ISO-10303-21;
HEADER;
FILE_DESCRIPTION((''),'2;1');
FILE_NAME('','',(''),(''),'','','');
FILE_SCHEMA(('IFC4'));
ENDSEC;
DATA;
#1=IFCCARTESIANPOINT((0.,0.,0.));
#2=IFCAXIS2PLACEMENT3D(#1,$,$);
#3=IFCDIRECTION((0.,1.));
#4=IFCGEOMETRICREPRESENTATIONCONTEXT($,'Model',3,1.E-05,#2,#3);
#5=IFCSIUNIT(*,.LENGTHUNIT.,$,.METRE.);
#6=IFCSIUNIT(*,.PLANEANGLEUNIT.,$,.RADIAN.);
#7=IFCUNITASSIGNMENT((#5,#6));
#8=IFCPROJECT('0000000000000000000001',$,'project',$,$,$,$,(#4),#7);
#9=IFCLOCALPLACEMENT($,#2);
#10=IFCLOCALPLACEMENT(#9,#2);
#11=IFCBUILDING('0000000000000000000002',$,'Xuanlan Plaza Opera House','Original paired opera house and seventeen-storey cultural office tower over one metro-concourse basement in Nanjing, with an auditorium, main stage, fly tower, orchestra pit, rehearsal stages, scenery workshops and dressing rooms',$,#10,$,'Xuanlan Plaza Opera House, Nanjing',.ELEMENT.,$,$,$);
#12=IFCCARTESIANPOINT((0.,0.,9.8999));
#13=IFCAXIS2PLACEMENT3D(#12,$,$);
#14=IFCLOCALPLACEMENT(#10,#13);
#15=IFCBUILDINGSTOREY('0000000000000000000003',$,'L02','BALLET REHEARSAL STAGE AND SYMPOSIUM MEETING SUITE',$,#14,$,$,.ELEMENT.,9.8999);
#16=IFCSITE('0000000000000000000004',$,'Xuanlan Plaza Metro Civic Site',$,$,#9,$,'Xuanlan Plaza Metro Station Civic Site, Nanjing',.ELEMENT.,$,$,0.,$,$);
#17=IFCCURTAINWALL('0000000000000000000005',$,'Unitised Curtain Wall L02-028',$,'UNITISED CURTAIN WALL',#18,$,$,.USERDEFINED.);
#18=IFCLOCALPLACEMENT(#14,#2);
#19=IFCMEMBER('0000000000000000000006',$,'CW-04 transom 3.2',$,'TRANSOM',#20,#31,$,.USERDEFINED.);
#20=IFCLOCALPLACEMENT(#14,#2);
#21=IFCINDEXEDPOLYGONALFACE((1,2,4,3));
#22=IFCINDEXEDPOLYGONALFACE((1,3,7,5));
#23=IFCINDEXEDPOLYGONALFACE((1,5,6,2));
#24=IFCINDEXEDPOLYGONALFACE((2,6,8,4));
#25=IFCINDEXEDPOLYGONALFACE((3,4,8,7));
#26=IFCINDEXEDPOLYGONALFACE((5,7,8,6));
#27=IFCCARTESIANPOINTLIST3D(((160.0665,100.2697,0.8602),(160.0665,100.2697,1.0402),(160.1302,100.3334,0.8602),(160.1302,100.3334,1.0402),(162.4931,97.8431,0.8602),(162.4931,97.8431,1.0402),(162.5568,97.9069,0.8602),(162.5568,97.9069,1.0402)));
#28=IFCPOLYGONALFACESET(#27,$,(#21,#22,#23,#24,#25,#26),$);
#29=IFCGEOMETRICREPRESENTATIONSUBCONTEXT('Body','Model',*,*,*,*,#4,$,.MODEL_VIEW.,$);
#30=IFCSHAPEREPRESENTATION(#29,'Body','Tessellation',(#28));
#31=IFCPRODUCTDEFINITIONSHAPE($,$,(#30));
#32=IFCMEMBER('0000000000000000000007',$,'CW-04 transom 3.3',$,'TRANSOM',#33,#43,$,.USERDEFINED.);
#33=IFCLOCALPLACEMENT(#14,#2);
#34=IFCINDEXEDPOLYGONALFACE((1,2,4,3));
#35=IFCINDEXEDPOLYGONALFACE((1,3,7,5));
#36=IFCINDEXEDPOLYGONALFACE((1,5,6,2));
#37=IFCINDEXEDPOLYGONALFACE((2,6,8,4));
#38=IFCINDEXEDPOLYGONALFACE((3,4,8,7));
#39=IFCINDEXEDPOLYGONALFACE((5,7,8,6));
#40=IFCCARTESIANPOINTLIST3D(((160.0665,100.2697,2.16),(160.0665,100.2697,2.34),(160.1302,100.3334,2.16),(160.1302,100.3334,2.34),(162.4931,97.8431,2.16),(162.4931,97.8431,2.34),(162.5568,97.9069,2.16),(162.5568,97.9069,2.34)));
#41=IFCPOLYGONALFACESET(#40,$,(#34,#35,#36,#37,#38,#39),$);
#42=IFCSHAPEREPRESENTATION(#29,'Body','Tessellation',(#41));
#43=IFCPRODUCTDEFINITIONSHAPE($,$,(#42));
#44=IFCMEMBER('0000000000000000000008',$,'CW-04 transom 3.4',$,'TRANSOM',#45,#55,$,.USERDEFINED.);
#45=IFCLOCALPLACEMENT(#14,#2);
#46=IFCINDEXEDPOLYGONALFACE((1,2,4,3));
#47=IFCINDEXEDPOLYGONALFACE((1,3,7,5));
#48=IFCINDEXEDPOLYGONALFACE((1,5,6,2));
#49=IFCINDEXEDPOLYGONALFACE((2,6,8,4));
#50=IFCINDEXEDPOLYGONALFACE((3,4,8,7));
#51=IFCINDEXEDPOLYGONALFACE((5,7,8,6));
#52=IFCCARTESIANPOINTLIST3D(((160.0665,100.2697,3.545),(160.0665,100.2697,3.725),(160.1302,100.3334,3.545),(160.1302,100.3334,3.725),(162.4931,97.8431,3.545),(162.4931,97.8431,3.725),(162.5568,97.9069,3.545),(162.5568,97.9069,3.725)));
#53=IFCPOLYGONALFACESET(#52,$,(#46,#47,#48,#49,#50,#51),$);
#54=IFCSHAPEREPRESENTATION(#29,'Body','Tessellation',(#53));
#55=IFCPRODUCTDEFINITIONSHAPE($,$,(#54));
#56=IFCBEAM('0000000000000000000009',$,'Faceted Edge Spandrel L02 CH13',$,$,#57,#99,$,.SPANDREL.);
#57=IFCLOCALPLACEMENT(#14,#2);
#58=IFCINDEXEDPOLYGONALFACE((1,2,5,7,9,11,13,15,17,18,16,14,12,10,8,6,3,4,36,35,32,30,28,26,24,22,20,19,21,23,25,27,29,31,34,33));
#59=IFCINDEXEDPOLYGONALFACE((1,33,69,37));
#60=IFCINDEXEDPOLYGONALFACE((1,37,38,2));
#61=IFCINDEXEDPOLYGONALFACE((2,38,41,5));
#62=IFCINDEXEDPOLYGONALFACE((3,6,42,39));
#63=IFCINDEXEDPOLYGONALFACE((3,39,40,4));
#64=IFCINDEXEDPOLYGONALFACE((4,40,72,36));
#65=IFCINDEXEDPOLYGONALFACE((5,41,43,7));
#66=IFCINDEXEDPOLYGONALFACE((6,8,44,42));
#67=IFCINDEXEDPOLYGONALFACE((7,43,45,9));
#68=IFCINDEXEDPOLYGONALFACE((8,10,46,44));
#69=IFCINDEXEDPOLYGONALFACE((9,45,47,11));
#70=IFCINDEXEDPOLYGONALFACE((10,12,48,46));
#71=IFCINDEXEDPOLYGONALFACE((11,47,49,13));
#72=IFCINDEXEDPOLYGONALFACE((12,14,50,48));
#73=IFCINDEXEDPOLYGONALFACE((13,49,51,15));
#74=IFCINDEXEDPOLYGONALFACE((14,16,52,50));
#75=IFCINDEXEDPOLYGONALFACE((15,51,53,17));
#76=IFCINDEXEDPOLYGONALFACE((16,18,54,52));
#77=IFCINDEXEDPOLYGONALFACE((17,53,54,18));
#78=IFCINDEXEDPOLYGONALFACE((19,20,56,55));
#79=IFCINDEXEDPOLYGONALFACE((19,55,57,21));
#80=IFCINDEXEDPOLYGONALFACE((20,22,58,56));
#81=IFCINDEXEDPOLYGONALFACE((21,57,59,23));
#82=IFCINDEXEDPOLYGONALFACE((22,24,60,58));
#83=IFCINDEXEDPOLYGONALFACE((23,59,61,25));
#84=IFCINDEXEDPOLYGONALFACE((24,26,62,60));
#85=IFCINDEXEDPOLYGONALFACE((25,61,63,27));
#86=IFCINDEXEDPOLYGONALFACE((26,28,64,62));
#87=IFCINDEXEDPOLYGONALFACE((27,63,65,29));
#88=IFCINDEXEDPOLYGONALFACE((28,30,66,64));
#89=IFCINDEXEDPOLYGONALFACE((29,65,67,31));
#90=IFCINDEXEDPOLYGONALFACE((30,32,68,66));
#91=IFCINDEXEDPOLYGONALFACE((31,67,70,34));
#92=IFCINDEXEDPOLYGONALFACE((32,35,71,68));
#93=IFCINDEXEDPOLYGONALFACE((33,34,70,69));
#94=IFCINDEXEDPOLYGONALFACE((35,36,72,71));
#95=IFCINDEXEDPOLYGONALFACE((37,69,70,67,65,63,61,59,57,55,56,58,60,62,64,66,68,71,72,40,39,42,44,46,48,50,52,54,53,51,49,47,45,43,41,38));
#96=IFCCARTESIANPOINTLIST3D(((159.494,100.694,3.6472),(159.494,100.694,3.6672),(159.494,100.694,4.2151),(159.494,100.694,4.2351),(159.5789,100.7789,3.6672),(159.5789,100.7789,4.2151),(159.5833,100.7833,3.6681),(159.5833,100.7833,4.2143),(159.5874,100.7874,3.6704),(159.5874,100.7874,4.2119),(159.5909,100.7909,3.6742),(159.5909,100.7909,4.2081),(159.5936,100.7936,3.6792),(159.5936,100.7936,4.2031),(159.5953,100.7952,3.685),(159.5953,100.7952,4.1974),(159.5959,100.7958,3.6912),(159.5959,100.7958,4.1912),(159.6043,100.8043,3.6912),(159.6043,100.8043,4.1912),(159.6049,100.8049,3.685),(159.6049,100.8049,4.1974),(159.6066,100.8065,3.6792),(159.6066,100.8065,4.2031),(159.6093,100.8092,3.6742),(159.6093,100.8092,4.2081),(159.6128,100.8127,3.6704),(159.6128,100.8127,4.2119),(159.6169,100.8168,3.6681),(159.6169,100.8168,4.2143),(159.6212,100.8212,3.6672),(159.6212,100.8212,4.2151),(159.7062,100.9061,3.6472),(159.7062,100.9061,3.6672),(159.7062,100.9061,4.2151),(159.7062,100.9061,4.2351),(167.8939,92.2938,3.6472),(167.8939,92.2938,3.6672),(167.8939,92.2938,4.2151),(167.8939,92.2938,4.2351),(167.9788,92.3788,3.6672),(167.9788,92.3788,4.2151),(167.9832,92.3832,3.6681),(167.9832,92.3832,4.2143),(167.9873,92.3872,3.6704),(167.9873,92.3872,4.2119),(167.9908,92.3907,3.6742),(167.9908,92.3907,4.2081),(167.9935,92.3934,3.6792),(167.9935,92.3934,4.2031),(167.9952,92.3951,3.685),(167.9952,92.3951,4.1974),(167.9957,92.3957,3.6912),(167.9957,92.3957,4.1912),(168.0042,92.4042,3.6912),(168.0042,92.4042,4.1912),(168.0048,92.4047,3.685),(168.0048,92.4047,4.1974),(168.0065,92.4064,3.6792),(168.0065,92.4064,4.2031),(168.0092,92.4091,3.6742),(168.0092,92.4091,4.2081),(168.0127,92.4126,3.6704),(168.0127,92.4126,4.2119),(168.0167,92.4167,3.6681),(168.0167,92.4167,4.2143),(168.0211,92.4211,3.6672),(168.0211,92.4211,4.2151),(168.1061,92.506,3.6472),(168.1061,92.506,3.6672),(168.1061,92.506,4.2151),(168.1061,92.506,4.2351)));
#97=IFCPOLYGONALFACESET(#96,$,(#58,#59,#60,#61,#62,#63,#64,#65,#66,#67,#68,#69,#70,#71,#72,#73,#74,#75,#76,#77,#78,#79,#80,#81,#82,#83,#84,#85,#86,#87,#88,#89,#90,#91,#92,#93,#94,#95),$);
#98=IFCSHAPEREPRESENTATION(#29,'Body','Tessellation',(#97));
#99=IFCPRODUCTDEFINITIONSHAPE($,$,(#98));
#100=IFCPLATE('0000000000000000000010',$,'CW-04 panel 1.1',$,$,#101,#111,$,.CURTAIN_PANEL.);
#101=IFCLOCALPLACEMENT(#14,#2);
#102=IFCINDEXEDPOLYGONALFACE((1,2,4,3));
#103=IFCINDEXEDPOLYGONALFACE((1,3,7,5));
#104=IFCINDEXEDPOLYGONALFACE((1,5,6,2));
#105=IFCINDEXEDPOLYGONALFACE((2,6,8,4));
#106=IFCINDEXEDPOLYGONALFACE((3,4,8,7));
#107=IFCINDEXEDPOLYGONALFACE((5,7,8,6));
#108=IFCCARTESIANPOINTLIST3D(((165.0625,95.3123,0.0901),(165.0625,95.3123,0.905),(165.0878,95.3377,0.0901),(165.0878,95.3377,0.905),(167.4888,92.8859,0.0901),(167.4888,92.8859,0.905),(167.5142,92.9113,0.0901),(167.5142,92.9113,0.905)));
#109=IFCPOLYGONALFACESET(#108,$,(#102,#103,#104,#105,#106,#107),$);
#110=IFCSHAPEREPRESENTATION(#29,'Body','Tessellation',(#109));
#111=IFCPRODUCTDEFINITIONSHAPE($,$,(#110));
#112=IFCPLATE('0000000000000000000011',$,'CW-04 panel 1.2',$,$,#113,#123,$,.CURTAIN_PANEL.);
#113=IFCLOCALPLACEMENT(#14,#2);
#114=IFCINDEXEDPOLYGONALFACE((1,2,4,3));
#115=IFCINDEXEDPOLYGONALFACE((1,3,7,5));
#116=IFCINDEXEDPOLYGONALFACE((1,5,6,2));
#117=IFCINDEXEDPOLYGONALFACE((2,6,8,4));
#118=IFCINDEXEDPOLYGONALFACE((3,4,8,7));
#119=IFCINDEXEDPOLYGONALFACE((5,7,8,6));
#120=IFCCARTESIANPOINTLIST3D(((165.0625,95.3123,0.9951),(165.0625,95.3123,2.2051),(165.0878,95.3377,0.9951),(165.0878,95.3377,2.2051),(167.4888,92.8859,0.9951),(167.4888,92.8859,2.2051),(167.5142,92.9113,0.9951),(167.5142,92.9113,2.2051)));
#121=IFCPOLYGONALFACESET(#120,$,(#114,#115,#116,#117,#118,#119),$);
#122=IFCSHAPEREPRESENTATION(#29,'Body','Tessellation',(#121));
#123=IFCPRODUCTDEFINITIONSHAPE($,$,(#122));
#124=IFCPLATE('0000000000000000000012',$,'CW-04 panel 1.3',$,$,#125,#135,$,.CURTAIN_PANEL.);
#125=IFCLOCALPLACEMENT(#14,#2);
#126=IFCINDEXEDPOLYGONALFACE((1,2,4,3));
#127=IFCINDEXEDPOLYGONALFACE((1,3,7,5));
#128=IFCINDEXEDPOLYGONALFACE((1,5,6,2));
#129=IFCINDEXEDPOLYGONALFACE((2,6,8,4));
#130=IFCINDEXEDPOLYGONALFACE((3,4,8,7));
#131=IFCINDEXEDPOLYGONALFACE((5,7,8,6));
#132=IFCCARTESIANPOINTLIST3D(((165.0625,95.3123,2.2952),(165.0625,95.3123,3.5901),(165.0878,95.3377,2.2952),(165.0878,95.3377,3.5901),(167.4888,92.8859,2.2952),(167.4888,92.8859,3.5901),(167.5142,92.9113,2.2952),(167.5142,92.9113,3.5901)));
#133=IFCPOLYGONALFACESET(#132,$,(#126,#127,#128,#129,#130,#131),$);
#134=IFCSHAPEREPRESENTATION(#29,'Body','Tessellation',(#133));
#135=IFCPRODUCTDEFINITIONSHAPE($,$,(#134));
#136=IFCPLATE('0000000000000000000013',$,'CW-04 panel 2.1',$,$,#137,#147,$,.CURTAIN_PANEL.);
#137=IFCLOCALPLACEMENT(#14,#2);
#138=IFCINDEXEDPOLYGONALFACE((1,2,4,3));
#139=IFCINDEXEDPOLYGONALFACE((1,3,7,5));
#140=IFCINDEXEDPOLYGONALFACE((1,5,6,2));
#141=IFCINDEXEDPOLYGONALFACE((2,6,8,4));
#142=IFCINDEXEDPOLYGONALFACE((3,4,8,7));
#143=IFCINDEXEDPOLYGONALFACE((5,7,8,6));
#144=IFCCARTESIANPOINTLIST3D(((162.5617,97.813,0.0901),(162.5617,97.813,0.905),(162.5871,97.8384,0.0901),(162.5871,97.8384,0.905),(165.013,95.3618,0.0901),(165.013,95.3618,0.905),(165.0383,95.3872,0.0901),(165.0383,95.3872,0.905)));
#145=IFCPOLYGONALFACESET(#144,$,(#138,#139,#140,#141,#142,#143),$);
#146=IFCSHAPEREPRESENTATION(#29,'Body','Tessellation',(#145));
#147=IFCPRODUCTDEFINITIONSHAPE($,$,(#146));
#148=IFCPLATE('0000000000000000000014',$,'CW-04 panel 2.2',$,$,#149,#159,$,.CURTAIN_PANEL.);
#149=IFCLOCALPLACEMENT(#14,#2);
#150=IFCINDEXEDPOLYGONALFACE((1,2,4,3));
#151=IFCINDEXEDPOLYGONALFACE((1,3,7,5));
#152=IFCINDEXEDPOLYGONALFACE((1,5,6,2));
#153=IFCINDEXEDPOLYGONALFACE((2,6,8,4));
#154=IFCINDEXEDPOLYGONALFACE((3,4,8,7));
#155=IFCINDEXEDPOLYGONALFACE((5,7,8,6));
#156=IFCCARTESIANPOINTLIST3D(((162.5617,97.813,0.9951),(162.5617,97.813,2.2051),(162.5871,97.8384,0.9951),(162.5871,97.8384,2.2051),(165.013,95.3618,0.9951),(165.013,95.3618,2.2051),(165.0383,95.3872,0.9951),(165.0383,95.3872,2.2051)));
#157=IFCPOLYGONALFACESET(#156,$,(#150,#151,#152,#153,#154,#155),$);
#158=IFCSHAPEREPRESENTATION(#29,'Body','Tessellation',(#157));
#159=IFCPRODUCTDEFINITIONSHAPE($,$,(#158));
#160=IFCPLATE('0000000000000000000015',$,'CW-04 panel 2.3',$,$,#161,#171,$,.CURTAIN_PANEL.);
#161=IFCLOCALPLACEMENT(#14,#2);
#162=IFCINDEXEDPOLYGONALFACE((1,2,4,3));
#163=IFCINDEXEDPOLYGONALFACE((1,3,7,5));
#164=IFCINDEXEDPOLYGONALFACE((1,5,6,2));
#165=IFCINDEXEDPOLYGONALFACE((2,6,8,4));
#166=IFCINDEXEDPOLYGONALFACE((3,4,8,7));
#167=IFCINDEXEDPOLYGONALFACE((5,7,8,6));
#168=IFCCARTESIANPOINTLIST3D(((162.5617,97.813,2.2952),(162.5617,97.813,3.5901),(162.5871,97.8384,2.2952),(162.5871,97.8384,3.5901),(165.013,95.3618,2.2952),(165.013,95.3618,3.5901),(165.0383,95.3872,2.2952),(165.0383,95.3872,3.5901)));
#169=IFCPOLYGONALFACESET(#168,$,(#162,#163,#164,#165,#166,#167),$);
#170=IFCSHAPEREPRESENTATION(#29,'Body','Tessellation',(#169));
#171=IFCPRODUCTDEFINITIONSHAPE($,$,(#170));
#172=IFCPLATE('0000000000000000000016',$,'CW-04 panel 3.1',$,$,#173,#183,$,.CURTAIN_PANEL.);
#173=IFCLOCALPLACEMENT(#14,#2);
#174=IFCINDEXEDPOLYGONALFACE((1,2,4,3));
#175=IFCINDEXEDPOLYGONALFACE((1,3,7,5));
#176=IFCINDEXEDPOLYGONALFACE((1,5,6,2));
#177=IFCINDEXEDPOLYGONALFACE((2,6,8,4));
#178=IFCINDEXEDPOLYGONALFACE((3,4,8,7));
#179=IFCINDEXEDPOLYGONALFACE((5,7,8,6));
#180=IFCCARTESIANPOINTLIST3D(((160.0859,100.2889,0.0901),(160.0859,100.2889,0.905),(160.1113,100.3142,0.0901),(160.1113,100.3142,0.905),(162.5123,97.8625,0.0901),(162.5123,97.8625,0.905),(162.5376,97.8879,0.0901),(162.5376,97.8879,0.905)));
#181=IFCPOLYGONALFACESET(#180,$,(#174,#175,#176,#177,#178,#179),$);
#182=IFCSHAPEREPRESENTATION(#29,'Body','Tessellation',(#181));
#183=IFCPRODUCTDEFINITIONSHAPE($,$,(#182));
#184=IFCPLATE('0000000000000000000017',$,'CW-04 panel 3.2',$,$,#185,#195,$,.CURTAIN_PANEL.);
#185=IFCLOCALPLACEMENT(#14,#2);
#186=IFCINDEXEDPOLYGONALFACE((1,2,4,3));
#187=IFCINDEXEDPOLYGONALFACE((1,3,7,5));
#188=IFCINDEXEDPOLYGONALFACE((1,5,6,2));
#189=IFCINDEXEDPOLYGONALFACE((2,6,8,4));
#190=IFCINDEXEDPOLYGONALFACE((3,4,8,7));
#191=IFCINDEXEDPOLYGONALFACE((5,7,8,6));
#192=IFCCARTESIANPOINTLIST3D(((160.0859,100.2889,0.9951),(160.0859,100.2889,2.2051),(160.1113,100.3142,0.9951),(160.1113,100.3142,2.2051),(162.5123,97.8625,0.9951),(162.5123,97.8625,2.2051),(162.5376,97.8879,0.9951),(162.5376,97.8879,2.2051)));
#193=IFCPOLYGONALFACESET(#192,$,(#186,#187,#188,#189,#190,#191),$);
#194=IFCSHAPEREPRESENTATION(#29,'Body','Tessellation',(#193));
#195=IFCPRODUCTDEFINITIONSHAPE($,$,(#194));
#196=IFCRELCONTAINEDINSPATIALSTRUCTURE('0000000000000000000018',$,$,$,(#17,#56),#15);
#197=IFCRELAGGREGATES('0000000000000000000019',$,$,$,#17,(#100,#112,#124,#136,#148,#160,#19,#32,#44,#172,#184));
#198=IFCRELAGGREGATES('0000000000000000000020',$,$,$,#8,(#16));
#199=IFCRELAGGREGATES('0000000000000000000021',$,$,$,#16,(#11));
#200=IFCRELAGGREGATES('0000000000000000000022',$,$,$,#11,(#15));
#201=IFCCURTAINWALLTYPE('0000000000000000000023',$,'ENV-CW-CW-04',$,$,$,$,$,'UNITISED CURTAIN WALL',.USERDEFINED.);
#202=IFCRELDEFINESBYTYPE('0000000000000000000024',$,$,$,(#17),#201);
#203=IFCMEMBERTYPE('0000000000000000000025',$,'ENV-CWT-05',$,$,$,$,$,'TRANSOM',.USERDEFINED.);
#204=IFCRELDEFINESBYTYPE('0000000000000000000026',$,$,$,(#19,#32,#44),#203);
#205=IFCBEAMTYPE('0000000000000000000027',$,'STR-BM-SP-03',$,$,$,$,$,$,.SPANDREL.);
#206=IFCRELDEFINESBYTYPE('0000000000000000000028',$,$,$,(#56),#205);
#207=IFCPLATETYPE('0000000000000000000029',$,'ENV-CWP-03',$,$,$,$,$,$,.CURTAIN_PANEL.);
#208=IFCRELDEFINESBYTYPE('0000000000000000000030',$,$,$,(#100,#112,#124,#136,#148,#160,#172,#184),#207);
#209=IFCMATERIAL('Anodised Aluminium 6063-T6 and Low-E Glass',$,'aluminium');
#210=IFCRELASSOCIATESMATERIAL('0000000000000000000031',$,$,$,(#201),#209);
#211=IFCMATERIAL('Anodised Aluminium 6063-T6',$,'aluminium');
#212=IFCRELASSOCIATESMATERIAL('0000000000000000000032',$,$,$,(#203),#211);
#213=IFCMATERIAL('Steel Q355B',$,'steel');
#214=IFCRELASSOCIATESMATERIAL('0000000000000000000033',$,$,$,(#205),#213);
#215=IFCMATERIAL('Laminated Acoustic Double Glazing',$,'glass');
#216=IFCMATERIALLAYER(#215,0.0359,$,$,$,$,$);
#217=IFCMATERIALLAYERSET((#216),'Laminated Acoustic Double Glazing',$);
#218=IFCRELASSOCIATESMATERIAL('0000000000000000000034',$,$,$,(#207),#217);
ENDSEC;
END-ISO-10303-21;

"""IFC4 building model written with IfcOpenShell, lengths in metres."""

from ifc_helpers import new_model, si_unit, direction, frame, origin, origin_2d, place, context, subcontext, project, spatial, rectangle, i_section, extrude, material, layer, layer_set, material_profile, profile_set, type_object, element, aggregate, save


model = new_model("IFC4")

# Units and contexts
model_context = context("Model", 3, precision=1e-05, world=origin(), true_north=direction((0.0, 1.0)))
body_context = subcontext(model_context, "Body", "Model", "MODEL_VIEW")
ifc_project = project(units=[si_unit("LENGTHUNIT", "METRE"), si_unit("PLANEANGLEUNIT", "RADIAN")], contexts=[model_context])

# Site, building, storey
site_placement = place(None, origin())
site = spatial("IfcSite", under=ifc_project, at=site_placement, Name="Xuanlan Plaza Metro Civic Site", LongName="Xuanlan Plaza Metro Station Civic Site, Nanjing", CompositionType="ELEMENT", RefElevation=0.0)
building_placement = place(site_placement, origin())
building = spatial("IfcBuilding", under=site, at=building_placement, Name="Xuanlan Plaza Opera House", Description="Original paired opera house and seventeen-storey cultural office tower over one metro-concourse basement in Nanjing, with an auditorium, main stage, fly tower, orchestra pit, rehearsal stages, scenery workshops and dressing rooms", LongName="Xuanlan Plaza Opera House, Nanjing", CompositionType="ELEMENT")
storey_placement = place(building_placement, frame((0.0, 0.0, 9.8999)))
storey = spatial("IfcBuildingStorey", under=building, at=storey_placement, Name="L02", Description="BALLET REHEARSAL STAGE AND SYMPOSIUM MEETING SUITE", CompositionType="ELEMENT", Elevation=9.8999)

# Curtain wall
ifc_material_1 = material(Name="Anodised Aluminium 6063-T6 and Low-E Glass", Category="aluminium")
curtain_wall_type_1 = type_object("IfcCurtainWallType", Name="ENV-CW-CW-04", ElementType="UNITISED CURTAIN WALL", PredefinedType="USERDEFINED", material=ifc_material_1)
curtain_wall_1_placement = place(storey_placement, origin())
curtain_wall_1 = element("IfcCurtainWall", 1, at=curtain_wall_1_placement, inside=storey, type_object=curtain_wall_type_1, Name="Unitised Curtain Wall L02-028", ObjectType="UNITISED CURTAIN WALL", PredefinedType="USERDEFINED")
ifc_material_2 = material(Name="Anodised Aluminium 6063-T6", Category="aluminium")

# Members
ifc_material_profile_1 = material_profile(ifc_material_2, rectangle(XDim=0.0901, YDim=0.1799, at=origin_2d()), Name="ALU-T 90x180")
ifc_profile_set_1 = profile_set([ifc_material_profile_1], Name="Anodised Aluminium 6063-T6")
member_type_1 = type_object("IfcMemberType", Name="ENV-CWT-05", ElementType="TRANSOM", PredefinedType="USERDEFINED", material=ifc_profile_set_1)
member_1_placement = place(storey_placement, frame((162.5249, 97.875, 0.9502), z_axis=(-0.707107, 0.707107, 0.0), x_axis=(-0.707107, -0.707107, 0.0)))
member_1 = element("IfcMember", 2, at=member_1_placement, type_object=member_type_1, Name="CW-04 transom 3.2", ObjectType="TRANSOM", PredefinedType="USERDEFINED", context=body_context, shape_type="SweptSolid", body=[
    extrude(rectangle(XDim=0.0901, YDim=0.1799, at=origin_2d()), origin(), (0.0, 0.0, 1.0), 3.4316),
])
member_2_placement = place(storey_placement, frame((162.5249, 97.875, 2.25), z_axis=(-0.707107, 0.707107, 0.0), x_axis=(-0.707107, -0.707107, 0.0)))
member_2 = element("IfcMember", 3, at=member_2_placement, type_object=member_type_1, Name="CW-04 transom 3.3", ObjectType="TRANSOM", PredefinedType="USERDEFINED", context=body_context, shape_type="SweptSolid", body=[
    extrude(rectangle(XDim=0.0901, YDim=0.1799, at=origin_2d()), origin(), (0.0, 0.0, 1.0), 3.4316),
])
member_3_placement = place(storey_placement, frame((162.5249, 97.875, 3.635), z_axis=(-0.707107, 0.707107, 0.0), x_axis=(-0.707107, -0.707107, 0.0)))
member_3 = element("IfcMember", 4, at=member_3_placement, type_object=member_type_1, Name="CW-04 transom 3.4", ObjectType="TRANSOM", PredefinedType="USERDEFINED", context=body_context, shape_type="SweptSolid", body=[
    extrude(rectangle(XDim=0.0901, YDim=0.1799, at=origin_2d()), origin(), (0.0, 0.0, 1.0), 3.4316),
])

# Beam
ifc_material_3 = material(Name="Steel Q355B", Category="steel")
ifc_material_profile_2 = material_profile(ifc_material_3, i_section(OverallWidth=0.3, OverallDepth=0.5879, WebThickness=0.012, FlangeThickness=0.02, FilletRadius=0.0239, at=origin_2d()), Name="HM 588x300x12x20")
ifc_profile_set_2 = profile_set([ifc_material_profile_2], Name="Steel Q355B")
beam_type = type_object("IfcBeamType", Name="STR-BM-SP-03", PredefinedType="SPANDREL", material=ifc_profile_set_2)
beam_placement = place(storey_placement, frame((159.6001, 100.8, 3.9412), z_axis=(0.707097, -0.707117, 0.0), x_axis=(0.707117, 0.707097, 0.0)))
element("IfcBeam", 5, at=beam_placement, inside=storey, type_object=beam_type, Name="Faceted Edge Spandrel L02 CH13", PredefinedType="SPANDREL", context=body_context, shape_type="SweptSolid", body=[
    extrude(i_section(OverallWidth=0.3, OverallDepth=0.5879, WebThickness=0.012, FlangeThickness=0.02, FilletRadius=0.0239, at=origin_2d()), origin(), (0.0, 0.0, 1.0), 11.8794),
])

# Plates
ifc_material_4 = material(Name="Laminated Acoustic Double Glazing", Category="glass")
ifc_layer = layer(ifc_material_4, 0.0359)
ifc_layer_set = layer_set([ifc_layer], Name="Laminated Acoustic Double Glazing")
plate_type = type_object("IfcPlateType", Name="ENV-CWP-03", PredefinedType="CURTAIN_PANEL", material=ifc_layer_set)
plate_1_placement = place(storey_placement, frame((166.2883, 94.1118, 0.0901), z_axis=(0.0, 0.0, 1.0), x_axis=(-0.707107, 0.707107, 0.0)))
plate_1 = element("IfcPlate", 6, at=plate_1_placement, type_object=plate_type, Name="CW-04 panel 1.1", PredefinedType="CURTAIN_PANEL", context=body_context, shape_type="SweptSolid", body=[
    extrude(rectangle(XDim=3.4314, YDim=0.0359, at=origin_2d()), origin(), (0.0, 0.0, 1.0), 0.8149),
])
plate_2_placement = place(storey_placement, frame((166.2883, 94.1118, 0.9951), z_axis=(0.0, 0.0, 1.0), x_axis=(-0.707107, 0.707107, 0.0)))
plate_2 = element("IfcPlate", 7, at=plate_2_placement, type_object=plate_type, Name="CW-04 panel 1.2", PredefinedType="CURTAIN_PANEL", context=body_context, shape_type="SweptSolid", body=[
    extrude(rectangle(XDim=3.4314, YDim=0.0359, at=origin_2d()), origin(), (0.0, 0.0, 1.0), 1.21),
])
plate_3_placement = place(storey_placement, frame((166.2883, 94.1118, 2.2952), z_axis=(0.0, 0.0, 1.0), x_axis=(-0.707107, 0.707107, 0.0)))
plate_3 = element("IfcPlate", 8, at=plate_3_placement, type_object=plate_type, Name="CW-04 panel 1.3", PredefinedType="CURTAIN_PANEL", context=body_context, shape_type="SweptSolid", body=[
    extrude(rectangle(XDim=3.4314, YDim=0.0359, at=origin_2d()), origin(), (0.0, 0.0, 1.0), 1.2949),
])
plate_4_placement = place(storey_placement, frame((163.8, 96.6001, 0.0901), z_axis=(0.0, 0.0, 1.0), x_axis=(-0.707107, 0.707107, 0.0)))
plate_4 = element("IfcPlate", 9, at=plate_4_placement, type_object=plate_type, Name="CW-04 panel 2.1", PredefinedType="CURTAIN_PANEL", context=body_context, shape_type="SweptSolid", body=[
    extrude(rectangle(XDim=3.4666, YDim=0.0359, at=origin_2d()), origin(), (0.0, 0.0, 1.0), 0.8149),
])
plate_5_placement = place(storey_placement, frame((163.8, 96.6001, 0.9951), z_axis=(0.0, 0.0, 1.0), x_axis=(-0.707107, 0.707107, 0.0)))
plate_5 = element("IfcPlate", 10, at=plate_5_placement, type_object=plate_type, Name="CW-04 panel 2.2", PredefinedType="CURTAIN_PANEL", context=body_context, shape_type="SweptSolid", body=[
    extrude(rectangle(XDim=3.4666, YDim=0.0359, at=origin_2d()), origin(), (0.0, 0.0, 1.0), 1.21),
])
plate_6_placement = place(storey_placement, frame((163.8, 96.6001, 2.2952), z_axis=(0.0, 0.0, 1.0), x_axis=(-0.707107, 0.707107, 0.0)))
plate_6 = element("IfcPlate", 11, at=plate_6_placement, type_object=plate_type, Name="CW-04 panel 2.3", PredefinedType="CURTAIN_PANEL", context=body_context, shape_type="SweptSolid", body=[
    extrude(rectangle(XDim=3.4666, YDim=0.0359, at=origin_2d()), origin(), (0.0, 0.0, 1.0), 1.2949),
])
plate_7_placement = place(storey_placement, frame((161.3118, 99.0884, 0.0901), z_axis=(0.0, 0.0, 1.0), x_axis=(-0.707107, 0.707107, 0.0)))
plate_7 = element("IfcPlate", 12, at=plate_7_placement, type_object=plate_type, Name="CW-04 panel 3.1", PredefinedType="CURTAIN_PANEL", context=body_context, shape_type="SweptSolid", body=[
    extrude(rectangle(XDim=3.4314, YDim=0.0359, at=origin_2d()), origin(), (0.0, 0.0, 1.0), 0.8149),
])
plate_8_placement = place(storey_placement, frame((161.3118, 99.0884, 0.9951), z_axis=(0.0, 0.0, 1.0), x_axis=(-0.707107, 0.707107, 0.0)))
plate_8 = element("IfcPlate", 13, at=plate_8_placement, type_object=plate_type, Name="CW-04 panel 3.2", PredefinedType="CURTAIN_PANEL", context=body_context, shape_type="SweptSolid", body=[
    extrude(rectangle(XDim=3.4314, YDim=0.0359, at=origin_2d()), origin(), (0.0, 0.0, 1.0), 1.21),
])
aggregate(curtain_wall_1, [plate_1, plate_2, plate_3, plate_4, plate_5, plate_6, member_1, member_2, member_3, plate_7, plate_8])

save(model, "model.ifc")
